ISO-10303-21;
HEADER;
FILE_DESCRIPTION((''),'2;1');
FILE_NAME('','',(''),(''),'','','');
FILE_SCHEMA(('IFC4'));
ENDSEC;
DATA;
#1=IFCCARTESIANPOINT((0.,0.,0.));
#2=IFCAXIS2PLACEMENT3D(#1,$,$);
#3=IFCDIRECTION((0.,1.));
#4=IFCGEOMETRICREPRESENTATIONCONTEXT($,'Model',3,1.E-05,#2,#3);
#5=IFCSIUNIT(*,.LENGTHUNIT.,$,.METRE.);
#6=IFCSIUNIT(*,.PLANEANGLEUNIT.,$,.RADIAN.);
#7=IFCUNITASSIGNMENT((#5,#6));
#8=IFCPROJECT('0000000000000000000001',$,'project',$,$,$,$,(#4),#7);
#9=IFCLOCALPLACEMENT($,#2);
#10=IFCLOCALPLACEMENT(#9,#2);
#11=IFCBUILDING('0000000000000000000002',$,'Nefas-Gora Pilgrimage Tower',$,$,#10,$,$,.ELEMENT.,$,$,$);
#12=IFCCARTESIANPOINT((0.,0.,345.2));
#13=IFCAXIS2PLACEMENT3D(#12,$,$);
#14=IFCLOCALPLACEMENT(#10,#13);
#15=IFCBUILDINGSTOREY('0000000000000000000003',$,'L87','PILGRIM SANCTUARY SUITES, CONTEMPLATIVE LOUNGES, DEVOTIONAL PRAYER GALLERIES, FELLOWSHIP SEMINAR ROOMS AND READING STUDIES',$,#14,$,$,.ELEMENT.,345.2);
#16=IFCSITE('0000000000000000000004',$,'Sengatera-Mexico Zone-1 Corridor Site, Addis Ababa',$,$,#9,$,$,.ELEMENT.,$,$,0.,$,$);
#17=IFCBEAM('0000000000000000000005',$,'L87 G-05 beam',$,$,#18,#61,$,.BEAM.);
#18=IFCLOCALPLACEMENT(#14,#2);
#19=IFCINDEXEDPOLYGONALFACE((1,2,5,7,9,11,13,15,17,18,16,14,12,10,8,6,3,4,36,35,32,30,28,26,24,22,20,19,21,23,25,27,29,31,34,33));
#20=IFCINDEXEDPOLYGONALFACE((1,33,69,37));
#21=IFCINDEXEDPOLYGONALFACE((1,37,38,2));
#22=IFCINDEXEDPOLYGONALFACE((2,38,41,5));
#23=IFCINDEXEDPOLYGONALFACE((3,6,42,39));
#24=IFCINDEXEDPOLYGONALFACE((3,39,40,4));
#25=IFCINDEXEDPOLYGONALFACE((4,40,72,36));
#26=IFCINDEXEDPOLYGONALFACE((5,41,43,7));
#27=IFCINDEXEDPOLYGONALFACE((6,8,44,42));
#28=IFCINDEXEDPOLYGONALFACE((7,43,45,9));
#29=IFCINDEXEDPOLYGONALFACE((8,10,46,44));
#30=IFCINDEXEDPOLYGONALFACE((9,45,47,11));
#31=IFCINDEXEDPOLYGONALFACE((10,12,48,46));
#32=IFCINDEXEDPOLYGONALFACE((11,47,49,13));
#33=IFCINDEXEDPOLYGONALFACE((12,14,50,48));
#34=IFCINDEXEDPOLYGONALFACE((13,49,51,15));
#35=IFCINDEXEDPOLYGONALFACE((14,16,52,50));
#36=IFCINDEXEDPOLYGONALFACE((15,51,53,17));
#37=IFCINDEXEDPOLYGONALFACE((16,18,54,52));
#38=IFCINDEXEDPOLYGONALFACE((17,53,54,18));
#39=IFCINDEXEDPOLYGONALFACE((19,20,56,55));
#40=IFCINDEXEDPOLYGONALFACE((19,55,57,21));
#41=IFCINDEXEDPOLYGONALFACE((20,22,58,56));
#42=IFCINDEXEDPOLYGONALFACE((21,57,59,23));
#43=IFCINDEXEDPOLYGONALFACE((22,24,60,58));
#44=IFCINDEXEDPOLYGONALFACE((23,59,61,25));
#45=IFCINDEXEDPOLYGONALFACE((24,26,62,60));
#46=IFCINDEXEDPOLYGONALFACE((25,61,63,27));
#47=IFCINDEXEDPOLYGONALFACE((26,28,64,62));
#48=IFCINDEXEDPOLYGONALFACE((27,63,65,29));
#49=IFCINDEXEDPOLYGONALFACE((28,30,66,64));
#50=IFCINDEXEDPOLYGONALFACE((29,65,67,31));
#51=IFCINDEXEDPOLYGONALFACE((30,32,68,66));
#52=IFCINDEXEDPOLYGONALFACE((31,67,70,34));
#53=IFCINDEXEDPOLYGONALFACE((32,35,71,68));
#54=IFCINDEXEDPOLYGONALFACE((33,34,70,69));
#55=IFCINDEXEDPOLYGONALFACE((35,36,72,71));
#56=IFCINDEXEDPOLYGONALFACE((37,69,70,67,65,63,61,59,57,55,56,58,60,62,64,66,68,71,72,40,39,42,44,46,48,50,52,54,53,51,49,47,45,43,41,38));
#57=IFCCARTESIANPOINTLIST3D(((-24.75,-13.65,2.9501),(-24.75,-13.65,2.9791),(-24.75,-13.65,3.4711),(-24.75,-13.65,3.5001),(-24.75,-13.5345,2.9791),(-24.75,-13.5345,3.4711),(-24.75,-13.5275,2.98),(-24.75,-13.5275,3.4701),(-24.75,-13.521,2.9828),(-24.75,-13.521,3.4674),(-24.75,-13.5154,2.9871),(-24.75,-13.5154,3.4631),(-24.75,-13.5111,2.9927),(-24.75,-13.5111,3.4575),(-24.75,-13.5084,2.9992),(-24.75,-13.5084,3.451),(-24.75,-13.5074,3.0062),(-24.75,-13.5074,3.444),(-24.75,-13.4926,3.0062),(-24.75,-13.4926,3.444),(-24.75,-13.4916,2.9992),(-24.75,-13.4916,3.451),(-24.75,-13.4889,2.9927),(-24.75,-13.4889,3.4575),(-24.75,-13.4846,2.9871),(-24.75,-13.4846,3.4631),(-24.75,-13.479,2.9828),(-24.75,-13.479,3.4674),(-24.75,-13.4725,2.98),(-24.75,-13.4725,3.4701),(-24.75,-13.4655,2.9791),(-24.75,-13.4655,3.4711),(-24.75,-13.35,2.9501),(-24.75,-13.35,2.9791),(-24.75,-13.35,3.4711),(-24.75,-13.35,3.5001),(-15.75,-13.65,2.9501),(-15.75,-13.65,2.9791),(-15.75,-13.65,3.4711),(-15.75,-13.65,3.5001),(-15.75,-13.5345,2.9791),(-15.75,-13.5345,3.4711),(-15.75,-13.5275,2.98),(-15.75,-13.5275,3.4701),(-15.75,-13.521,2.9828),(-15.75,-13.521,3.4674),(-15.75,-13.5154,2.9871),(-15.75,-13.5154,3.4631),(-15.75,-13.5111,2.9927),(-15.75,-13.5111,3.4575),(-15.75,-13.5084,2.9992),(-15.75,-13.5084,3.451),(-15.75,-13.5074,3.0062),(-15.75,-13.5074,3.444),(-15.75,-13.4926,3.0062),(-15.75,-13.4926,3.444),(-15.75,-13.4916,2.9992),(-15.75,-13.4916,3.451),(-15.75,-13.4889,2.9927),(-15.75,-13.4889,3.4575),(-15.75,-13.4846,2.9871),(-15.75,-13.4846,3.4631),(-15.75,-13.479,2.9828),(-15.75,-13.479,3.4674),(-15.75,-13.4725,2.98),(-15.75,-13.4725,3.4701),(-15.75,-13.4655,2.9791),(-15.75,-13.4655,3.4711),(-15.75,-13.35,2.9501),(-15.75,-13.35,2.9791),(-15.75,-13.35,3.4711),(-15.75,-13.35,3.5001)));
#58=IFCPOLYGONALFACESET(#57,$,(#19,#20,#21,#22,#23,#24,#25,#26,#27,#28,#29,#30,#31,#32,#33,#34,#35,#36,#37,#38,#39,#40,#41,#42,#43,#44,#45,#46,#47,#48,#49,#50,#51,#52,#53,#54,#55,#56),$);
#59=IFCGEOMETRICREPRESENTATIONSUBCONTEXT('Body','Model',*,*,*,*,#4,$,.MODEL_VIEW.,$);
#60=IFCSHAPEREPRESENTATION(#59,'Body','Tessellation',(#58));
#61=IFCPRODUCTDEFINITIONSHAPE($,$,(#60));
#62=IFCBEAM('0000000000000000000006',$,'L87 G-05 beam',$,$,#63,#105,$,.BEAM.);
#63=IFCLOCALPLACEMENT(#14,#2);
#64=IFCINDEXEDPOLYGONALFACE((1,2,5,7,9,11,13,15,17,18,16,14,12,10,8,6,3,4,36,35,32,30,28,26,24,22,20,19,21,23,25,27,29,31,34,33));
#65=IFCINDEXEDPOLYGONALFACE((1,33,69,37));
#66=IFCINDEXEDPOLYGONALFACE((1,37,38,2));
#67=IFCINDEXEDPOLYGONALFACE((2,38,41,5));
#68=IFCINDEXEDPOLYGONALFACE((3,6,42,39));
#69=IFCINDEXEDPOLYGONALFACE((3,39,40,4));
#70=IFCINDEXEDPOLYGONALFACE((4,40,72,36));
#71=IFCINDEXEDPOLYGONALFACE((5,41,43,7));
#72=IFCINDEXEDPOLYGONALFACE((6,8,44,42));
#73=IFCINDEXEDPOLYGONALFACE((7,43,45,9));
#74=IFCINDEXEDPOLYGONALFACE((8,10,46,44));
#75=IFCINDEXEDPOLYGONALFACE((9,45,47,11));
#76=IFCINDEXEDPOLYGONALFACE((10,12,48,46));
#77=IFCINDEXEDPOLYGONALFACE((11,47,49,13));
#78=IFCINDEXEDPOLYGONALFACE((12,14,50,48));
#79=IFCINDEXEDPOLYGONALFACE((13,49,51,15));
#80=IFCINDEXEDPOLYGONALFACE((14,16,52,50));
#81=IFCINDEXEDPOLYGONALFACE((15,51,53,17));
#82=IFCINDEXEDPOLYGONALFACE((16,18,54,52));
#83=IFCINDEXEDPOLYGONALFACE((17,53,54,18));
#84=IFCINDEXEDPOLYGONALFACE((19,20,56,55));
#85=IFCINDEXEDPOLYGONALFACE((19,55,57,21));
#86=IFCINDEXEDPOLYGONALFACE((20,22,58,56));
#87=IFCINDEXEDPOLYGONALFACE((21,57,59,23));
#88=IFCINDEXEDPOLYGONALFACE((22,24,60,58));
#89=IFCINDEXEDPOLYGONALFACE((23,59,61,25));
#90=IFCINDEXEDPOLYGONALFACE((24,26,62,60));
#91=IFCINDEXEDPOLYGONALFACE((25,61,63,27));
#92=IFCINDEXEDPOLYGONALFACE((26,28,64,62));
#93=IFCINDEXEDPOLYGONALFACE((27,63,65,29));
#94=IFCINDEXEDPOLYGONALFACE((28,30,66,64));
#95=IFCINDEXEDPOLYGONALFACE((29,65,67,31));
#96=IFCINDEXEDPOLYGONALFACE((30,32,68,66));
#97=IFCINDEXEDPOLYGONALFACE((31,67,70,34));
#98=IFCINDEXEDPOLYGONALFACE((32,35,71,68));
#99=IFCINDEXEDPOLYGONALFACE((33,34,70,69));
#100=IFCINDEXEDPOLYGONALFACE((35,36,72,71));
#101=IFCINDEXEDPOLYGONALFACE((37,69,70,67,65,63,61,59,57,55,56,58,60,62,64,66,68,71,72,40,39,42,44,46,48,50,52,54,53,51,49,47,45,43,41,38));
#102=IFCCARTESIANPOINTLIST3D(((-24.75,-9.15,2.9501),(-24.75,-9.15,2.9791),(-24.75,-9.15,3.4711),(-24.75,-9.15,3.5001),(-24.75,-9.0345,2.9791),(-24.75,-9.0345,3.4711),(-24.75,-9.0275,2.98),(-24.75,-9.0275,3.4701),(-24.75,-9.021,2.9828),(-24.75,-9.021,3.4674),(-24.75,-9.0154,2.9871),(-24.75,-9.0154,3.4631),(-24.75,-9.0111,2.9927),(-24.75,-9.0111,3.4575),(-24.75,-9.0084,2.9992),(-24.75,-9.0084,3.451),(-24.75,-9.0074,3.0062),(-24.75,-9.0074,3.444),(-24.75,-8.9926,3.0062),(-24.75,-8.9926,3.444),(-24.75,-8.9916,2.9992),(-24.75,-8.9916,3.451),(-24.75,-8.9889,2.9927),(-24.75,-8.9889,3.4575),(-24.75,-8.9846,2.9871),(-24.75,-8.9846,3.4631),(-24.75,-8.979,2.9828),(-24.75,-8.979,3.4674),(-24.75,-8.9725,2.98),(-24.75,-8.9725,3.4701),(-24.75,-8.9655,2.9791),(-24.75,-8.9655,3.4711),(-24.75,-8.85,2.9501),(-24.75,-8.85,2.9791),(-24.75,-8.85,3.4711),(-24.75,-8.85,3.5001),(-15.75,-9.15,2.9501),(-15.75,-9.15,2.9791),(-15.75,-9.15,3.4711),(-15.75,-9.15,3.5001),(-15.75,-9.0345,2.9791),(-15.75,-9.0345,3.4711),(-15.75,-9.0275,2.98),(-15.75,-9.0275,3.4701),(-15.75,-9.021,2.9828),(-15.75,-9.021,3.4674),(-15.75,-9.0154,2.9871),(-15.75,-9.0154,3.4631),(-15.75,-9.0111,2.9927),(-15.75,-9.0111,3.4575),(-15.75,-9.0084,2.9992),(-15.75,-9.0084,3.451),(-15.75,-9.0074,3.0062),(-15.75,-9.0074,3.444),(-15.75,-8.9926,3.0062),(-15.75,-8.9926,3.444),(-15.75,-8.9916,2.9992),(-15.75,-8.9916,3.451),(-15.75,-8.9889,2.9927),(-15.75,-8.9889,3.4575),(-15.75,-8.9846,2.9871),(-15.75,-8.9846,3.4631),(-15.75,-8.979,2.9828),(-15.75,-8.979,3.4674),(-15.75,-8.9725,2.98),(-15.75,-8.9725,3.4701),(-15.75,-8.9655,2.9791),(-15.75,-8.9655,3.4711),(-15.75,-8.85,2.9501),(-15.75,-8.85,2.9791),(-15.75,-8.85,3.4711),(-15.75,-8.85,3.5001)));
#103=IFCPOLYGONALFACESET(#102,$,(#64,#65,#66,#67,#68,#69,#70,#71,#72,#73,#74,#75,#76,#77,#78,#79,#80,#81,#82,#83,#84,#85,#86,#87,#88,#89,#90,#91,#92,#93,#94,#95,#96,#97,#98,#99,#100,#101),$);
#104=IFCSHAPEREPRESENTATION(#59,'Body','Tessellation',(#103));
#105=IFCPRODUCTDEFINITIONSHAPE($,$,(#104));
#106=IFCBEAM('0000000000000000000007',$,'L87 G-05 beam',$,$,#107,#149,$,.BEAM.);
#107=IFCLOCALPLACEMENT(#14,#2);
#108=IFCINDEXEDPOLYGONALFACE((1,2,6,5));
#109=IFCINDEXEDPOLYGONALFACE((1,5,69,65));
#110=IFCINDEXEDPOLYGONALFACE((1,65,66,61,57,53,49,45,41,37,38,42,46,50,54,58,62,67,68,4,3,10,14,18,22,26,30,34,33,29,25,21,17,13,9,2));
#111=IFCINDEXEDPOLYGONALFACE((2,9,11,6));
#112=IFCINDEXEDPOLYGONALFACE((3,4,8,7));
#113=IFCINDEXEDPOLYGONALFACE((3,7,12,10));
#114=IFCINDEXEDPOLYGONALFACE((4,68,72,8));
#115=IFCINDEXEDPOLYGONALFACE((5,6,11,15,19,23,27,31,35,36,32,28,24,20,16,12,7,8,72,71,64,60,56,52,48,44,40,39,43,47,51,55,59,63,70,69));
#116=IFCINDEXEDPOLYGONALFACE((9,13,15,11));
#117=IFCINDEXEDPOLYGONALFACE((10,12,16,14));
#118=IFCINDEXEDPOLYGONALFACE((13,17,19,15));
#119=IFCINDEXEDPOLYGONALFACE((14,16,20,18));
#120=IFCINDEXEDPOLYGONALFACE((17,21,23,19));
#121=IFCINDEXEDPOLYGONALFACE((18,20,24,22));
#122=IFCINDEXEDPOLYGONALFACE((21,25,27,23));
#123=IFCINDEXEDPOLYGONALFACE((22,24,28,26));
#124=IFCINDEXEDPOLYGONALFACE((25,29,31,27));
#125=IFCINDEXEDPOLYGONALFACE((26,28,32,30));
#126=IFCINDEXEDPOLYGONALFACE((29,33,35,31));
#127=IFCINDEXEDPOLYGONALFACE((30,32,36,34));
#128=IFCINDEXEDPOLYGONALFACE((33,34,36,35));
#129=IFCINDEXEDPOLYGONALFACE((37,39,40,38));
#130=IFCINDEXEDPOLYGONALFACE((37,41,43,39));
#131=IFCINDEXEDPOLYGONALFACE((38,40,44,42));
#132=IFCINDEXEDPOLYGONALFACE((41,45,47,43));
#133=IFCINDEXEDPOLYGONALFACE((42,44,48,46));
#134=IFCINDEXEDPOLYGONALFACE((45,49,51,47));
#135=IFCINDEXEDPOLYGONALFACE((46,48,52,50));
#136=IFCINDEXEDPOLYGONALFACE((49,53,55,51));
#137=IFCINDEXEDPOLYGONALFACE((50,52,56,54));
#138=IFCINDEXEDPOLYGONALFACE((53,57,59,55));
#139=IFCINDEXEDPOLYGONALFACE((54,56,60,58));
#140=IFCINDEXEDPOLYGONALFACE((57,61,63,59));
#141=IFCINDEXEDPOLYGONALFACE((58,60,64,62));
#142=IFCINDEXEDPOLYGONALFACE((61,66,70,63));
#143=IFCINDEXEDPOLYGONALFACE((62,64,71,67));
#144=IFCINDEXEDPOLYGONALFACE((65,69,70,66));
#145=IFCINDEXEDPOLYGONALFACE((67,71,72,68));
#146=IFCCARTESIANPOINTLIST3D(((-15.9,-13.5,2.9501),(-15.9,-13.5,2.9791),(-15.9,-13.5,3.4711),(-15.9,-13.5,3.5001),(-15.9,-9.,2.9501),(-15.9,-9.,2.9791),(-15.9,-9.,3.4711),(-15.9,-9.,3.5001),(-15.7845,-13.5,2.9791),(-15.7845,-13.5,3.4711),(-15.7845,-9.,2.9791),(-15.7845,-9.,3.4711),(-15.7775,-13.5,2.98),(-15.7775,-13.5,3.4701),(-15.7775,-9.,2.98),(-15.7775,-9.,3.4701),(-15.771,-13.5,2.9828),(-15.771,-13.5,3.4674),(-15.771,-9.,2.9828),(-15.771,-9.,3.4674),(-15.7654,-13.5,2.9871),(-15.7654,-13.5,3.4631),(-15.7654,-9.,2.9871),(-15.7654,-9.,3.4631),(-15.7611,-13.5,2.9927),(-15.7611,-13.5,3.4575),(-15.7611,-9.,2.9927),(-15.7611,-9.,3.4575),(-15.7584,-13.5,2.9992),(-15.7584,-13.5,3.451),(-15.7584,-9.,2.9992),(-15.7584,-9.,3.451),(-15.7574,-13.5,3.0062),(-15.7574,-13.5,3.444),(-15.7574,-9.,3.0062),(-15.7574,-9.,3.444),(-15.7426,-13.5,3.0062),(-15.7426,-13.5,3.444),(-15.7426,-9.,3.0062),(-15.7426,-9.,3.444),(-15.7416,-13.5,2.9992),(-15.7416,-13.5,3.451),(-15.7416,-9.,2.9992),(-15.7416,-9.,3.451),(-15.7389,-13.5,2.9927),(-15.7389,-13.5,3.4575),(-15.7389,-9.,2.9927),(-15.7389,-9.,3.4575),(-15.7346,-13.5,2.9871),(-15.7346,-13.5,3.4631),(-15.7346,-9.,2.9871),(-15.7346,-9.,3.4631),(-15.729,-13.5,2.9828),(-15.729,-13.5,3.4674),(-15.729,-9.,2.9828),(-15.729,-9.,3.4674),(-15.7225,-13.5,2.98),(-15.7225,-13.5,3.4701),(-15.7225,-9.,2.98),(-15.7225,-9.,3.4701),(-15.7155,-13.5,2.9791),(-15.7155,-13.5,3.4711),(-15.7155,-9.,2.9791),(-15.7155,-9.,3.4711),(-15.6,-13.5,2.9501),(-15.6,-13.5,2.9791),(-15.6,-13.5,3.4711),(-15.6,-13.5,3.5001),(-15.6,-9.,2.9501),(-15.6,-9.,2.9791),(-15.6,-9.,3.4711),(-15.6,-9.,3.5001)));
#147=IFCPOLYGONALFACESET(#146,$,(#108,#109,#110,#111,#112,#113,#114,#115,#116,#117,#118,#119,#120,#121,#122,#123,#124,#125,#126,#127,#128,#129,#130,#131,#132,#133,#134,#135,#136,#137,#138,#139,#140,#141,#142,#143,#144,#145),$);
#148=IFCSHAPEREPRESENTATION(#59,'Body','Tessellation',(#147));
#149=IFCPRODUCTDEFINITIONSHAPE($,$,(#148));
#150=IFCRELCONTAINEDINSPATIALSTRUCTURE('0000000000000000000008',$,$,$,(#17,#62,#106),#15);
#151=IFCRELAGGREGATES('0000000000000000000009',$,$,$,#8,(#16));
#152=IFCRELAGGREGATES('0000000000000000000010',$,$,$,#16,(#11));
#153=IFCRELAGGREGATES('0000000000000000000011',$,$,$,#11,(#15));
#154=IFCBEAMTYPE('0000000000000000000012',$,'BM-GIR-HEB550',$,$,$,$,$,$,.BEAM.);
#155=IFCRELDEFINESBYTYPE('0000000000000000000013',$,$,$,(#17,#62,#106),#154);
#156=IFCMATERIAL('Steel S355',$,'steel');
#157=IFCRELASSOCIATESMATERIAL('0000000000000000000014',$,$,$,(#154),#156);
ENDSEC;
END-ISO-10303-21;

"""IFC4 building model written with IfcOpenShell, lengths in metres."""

from ifc_helpers import new_model, si_unit, direction, frame, origin, origin_2d, place, context, subcontext, project, spatial, i_section, extrude, source, transform, mapped, material, material_profile, profile_set, type_object, element, save


model = new_model("IFC4")

# Units and contexts
model_context = context("Model", 3, precision=1e-05, world=origin(), true_north=direction((0.0, 1.0)))
body_context = subcontext(model_context, "Body", "Model", "MODEL_VIEW")
ifc_project = project(units=[si_unit("LENGTHUNIT", "METRE"), si_unit("PLANEANGLEUNIT", "RADIAN")], contexts=[model_context])

# Site, building, storey
site_placement = place(None, origin())
site = spatial("IfcSite", under=ifc_project, at=site_placement, Name="Sengatera-Mexico Zone-1 Corridor Site, Addis Ababa", CompositionType="ELEMENT", RefElevation=0.0)
building_placement = place(site_placement, origin())
building = spatial("IfcBuilding", under=site, at=building_placement, Name="Nefas-Gora Pilgrimage Tower", CompositionType="ELEMENT")
storey_placement = place(building_placement, frame((0.0, 0.0, 345.2)))
storey = spatial("IfcBuildingStorey", under=building, at=storey_placement, Name="L87", Description="PILGRIM SANCTUARY SUITES, CONTEMPLATIVE LOUNGES, DEVOTIONAL PRAYER GALLERIES, FELLOWSHIP SEMINAR ROOMS AND READING STUDIES", CompositionType="ELEMENT", Elevation=345.2)

# Shared definitions
ifc_material_1 = material(Name="Steel S355", Category="steel")

# Beams
ifc_material_profile_1 = material_profile(ifc_material_1, i_section(OverallWidth=0.3, OverallDepth=0.55, WebThickness=0.0149, FlangeThickness=0.0291, FilletRadius=0.0271, at=origin_2d()), Name="HEB 550")
ifc_profile_set_1 = profile_set([ifc_material_profile_1], Name="Steel S355")
beam_type_1 = type_object("IfcBeamType", Name="BM-GIR-HEB550", PredefinedType="BEAM", material=ifc_profile_set_1)
shared_shape_1 = source(origin(), body_context, "Body", "SweptSolid", [
    extrude(i_section(OverallWidth=0.3, OverallDepth=0.55, WebThickness=0.0149, FlangeThickness=0.0291, FilletRadius=0.0271, at=origin_2d()), origin(), (0.0, 0.0, 1.0), 9.0),
])
for number, where, z_axis, x_axis, name in (
    (1, (-24.75, -13.5, 3.2251), (1.0, 0.0, 0.0), (0.0, 1.0, 0.0), "L87 G-05 beam"),
    (2, (-24.75, -9.0, 3.2251), (1.0, 0.0, 0.0), (0.0, 1.0, 0.0), "L87 G-05 beam"),
):
    element("IfcBeam", number, at=place(storey_placement, frame(where, z_axis=z_axis, x_axis=x_axis)), inside=storey, type_object=beam_type_1, Name=name, PredefinedType="BEAM", context=body_context, shape_type="MappedRepresentation", body=[
        mapped(shared_shape_1, transform((0.0, 0.0, 0.0), x_axis=(1.0, 0.0, 0.0), y_axis=(0.0, 1.0, 0.0), z_axis=(0.0, 0.0, 1.0), scale=1.0)),
    ])
shared_shape_2 = source(origin(), body_context, "Body", "SweptSolid", [
    extrude(i_section(OverallWidth=0.3, OverallDepth=0.55, WebThickness=0.0149, FlangeThickness=0.0291, FilletRadius=0.0271, at=origin_2d()), origin(), (0.0, 0.0, 1.0), 4.5),
])
beam_placement = place(storey_placement, frame((-15.75, -13.5, 3.2251), z_axis=(0.0, 1.0, 0.0), x_axis=(-1.0, 0.0, 0.0)))
element("IfcBeam", 3, at=beam_placement, inside=storey, type_object=beam_type_1, Name="L87 G-05 beam", PredefinedType="BEAM", context=body_context, shape_type="MappedRepresentation", body=[
    mapped(shared_shape_2, transform((0.0, 0.0, 0.0), x_axis=(1.0, 0.0, 0.0), y_axis=(0.0, 1.0, 0.0), z_axis=(0.0, 0.0, 1.0), scale=1.0)),
])

save(model, "model.ifc")
